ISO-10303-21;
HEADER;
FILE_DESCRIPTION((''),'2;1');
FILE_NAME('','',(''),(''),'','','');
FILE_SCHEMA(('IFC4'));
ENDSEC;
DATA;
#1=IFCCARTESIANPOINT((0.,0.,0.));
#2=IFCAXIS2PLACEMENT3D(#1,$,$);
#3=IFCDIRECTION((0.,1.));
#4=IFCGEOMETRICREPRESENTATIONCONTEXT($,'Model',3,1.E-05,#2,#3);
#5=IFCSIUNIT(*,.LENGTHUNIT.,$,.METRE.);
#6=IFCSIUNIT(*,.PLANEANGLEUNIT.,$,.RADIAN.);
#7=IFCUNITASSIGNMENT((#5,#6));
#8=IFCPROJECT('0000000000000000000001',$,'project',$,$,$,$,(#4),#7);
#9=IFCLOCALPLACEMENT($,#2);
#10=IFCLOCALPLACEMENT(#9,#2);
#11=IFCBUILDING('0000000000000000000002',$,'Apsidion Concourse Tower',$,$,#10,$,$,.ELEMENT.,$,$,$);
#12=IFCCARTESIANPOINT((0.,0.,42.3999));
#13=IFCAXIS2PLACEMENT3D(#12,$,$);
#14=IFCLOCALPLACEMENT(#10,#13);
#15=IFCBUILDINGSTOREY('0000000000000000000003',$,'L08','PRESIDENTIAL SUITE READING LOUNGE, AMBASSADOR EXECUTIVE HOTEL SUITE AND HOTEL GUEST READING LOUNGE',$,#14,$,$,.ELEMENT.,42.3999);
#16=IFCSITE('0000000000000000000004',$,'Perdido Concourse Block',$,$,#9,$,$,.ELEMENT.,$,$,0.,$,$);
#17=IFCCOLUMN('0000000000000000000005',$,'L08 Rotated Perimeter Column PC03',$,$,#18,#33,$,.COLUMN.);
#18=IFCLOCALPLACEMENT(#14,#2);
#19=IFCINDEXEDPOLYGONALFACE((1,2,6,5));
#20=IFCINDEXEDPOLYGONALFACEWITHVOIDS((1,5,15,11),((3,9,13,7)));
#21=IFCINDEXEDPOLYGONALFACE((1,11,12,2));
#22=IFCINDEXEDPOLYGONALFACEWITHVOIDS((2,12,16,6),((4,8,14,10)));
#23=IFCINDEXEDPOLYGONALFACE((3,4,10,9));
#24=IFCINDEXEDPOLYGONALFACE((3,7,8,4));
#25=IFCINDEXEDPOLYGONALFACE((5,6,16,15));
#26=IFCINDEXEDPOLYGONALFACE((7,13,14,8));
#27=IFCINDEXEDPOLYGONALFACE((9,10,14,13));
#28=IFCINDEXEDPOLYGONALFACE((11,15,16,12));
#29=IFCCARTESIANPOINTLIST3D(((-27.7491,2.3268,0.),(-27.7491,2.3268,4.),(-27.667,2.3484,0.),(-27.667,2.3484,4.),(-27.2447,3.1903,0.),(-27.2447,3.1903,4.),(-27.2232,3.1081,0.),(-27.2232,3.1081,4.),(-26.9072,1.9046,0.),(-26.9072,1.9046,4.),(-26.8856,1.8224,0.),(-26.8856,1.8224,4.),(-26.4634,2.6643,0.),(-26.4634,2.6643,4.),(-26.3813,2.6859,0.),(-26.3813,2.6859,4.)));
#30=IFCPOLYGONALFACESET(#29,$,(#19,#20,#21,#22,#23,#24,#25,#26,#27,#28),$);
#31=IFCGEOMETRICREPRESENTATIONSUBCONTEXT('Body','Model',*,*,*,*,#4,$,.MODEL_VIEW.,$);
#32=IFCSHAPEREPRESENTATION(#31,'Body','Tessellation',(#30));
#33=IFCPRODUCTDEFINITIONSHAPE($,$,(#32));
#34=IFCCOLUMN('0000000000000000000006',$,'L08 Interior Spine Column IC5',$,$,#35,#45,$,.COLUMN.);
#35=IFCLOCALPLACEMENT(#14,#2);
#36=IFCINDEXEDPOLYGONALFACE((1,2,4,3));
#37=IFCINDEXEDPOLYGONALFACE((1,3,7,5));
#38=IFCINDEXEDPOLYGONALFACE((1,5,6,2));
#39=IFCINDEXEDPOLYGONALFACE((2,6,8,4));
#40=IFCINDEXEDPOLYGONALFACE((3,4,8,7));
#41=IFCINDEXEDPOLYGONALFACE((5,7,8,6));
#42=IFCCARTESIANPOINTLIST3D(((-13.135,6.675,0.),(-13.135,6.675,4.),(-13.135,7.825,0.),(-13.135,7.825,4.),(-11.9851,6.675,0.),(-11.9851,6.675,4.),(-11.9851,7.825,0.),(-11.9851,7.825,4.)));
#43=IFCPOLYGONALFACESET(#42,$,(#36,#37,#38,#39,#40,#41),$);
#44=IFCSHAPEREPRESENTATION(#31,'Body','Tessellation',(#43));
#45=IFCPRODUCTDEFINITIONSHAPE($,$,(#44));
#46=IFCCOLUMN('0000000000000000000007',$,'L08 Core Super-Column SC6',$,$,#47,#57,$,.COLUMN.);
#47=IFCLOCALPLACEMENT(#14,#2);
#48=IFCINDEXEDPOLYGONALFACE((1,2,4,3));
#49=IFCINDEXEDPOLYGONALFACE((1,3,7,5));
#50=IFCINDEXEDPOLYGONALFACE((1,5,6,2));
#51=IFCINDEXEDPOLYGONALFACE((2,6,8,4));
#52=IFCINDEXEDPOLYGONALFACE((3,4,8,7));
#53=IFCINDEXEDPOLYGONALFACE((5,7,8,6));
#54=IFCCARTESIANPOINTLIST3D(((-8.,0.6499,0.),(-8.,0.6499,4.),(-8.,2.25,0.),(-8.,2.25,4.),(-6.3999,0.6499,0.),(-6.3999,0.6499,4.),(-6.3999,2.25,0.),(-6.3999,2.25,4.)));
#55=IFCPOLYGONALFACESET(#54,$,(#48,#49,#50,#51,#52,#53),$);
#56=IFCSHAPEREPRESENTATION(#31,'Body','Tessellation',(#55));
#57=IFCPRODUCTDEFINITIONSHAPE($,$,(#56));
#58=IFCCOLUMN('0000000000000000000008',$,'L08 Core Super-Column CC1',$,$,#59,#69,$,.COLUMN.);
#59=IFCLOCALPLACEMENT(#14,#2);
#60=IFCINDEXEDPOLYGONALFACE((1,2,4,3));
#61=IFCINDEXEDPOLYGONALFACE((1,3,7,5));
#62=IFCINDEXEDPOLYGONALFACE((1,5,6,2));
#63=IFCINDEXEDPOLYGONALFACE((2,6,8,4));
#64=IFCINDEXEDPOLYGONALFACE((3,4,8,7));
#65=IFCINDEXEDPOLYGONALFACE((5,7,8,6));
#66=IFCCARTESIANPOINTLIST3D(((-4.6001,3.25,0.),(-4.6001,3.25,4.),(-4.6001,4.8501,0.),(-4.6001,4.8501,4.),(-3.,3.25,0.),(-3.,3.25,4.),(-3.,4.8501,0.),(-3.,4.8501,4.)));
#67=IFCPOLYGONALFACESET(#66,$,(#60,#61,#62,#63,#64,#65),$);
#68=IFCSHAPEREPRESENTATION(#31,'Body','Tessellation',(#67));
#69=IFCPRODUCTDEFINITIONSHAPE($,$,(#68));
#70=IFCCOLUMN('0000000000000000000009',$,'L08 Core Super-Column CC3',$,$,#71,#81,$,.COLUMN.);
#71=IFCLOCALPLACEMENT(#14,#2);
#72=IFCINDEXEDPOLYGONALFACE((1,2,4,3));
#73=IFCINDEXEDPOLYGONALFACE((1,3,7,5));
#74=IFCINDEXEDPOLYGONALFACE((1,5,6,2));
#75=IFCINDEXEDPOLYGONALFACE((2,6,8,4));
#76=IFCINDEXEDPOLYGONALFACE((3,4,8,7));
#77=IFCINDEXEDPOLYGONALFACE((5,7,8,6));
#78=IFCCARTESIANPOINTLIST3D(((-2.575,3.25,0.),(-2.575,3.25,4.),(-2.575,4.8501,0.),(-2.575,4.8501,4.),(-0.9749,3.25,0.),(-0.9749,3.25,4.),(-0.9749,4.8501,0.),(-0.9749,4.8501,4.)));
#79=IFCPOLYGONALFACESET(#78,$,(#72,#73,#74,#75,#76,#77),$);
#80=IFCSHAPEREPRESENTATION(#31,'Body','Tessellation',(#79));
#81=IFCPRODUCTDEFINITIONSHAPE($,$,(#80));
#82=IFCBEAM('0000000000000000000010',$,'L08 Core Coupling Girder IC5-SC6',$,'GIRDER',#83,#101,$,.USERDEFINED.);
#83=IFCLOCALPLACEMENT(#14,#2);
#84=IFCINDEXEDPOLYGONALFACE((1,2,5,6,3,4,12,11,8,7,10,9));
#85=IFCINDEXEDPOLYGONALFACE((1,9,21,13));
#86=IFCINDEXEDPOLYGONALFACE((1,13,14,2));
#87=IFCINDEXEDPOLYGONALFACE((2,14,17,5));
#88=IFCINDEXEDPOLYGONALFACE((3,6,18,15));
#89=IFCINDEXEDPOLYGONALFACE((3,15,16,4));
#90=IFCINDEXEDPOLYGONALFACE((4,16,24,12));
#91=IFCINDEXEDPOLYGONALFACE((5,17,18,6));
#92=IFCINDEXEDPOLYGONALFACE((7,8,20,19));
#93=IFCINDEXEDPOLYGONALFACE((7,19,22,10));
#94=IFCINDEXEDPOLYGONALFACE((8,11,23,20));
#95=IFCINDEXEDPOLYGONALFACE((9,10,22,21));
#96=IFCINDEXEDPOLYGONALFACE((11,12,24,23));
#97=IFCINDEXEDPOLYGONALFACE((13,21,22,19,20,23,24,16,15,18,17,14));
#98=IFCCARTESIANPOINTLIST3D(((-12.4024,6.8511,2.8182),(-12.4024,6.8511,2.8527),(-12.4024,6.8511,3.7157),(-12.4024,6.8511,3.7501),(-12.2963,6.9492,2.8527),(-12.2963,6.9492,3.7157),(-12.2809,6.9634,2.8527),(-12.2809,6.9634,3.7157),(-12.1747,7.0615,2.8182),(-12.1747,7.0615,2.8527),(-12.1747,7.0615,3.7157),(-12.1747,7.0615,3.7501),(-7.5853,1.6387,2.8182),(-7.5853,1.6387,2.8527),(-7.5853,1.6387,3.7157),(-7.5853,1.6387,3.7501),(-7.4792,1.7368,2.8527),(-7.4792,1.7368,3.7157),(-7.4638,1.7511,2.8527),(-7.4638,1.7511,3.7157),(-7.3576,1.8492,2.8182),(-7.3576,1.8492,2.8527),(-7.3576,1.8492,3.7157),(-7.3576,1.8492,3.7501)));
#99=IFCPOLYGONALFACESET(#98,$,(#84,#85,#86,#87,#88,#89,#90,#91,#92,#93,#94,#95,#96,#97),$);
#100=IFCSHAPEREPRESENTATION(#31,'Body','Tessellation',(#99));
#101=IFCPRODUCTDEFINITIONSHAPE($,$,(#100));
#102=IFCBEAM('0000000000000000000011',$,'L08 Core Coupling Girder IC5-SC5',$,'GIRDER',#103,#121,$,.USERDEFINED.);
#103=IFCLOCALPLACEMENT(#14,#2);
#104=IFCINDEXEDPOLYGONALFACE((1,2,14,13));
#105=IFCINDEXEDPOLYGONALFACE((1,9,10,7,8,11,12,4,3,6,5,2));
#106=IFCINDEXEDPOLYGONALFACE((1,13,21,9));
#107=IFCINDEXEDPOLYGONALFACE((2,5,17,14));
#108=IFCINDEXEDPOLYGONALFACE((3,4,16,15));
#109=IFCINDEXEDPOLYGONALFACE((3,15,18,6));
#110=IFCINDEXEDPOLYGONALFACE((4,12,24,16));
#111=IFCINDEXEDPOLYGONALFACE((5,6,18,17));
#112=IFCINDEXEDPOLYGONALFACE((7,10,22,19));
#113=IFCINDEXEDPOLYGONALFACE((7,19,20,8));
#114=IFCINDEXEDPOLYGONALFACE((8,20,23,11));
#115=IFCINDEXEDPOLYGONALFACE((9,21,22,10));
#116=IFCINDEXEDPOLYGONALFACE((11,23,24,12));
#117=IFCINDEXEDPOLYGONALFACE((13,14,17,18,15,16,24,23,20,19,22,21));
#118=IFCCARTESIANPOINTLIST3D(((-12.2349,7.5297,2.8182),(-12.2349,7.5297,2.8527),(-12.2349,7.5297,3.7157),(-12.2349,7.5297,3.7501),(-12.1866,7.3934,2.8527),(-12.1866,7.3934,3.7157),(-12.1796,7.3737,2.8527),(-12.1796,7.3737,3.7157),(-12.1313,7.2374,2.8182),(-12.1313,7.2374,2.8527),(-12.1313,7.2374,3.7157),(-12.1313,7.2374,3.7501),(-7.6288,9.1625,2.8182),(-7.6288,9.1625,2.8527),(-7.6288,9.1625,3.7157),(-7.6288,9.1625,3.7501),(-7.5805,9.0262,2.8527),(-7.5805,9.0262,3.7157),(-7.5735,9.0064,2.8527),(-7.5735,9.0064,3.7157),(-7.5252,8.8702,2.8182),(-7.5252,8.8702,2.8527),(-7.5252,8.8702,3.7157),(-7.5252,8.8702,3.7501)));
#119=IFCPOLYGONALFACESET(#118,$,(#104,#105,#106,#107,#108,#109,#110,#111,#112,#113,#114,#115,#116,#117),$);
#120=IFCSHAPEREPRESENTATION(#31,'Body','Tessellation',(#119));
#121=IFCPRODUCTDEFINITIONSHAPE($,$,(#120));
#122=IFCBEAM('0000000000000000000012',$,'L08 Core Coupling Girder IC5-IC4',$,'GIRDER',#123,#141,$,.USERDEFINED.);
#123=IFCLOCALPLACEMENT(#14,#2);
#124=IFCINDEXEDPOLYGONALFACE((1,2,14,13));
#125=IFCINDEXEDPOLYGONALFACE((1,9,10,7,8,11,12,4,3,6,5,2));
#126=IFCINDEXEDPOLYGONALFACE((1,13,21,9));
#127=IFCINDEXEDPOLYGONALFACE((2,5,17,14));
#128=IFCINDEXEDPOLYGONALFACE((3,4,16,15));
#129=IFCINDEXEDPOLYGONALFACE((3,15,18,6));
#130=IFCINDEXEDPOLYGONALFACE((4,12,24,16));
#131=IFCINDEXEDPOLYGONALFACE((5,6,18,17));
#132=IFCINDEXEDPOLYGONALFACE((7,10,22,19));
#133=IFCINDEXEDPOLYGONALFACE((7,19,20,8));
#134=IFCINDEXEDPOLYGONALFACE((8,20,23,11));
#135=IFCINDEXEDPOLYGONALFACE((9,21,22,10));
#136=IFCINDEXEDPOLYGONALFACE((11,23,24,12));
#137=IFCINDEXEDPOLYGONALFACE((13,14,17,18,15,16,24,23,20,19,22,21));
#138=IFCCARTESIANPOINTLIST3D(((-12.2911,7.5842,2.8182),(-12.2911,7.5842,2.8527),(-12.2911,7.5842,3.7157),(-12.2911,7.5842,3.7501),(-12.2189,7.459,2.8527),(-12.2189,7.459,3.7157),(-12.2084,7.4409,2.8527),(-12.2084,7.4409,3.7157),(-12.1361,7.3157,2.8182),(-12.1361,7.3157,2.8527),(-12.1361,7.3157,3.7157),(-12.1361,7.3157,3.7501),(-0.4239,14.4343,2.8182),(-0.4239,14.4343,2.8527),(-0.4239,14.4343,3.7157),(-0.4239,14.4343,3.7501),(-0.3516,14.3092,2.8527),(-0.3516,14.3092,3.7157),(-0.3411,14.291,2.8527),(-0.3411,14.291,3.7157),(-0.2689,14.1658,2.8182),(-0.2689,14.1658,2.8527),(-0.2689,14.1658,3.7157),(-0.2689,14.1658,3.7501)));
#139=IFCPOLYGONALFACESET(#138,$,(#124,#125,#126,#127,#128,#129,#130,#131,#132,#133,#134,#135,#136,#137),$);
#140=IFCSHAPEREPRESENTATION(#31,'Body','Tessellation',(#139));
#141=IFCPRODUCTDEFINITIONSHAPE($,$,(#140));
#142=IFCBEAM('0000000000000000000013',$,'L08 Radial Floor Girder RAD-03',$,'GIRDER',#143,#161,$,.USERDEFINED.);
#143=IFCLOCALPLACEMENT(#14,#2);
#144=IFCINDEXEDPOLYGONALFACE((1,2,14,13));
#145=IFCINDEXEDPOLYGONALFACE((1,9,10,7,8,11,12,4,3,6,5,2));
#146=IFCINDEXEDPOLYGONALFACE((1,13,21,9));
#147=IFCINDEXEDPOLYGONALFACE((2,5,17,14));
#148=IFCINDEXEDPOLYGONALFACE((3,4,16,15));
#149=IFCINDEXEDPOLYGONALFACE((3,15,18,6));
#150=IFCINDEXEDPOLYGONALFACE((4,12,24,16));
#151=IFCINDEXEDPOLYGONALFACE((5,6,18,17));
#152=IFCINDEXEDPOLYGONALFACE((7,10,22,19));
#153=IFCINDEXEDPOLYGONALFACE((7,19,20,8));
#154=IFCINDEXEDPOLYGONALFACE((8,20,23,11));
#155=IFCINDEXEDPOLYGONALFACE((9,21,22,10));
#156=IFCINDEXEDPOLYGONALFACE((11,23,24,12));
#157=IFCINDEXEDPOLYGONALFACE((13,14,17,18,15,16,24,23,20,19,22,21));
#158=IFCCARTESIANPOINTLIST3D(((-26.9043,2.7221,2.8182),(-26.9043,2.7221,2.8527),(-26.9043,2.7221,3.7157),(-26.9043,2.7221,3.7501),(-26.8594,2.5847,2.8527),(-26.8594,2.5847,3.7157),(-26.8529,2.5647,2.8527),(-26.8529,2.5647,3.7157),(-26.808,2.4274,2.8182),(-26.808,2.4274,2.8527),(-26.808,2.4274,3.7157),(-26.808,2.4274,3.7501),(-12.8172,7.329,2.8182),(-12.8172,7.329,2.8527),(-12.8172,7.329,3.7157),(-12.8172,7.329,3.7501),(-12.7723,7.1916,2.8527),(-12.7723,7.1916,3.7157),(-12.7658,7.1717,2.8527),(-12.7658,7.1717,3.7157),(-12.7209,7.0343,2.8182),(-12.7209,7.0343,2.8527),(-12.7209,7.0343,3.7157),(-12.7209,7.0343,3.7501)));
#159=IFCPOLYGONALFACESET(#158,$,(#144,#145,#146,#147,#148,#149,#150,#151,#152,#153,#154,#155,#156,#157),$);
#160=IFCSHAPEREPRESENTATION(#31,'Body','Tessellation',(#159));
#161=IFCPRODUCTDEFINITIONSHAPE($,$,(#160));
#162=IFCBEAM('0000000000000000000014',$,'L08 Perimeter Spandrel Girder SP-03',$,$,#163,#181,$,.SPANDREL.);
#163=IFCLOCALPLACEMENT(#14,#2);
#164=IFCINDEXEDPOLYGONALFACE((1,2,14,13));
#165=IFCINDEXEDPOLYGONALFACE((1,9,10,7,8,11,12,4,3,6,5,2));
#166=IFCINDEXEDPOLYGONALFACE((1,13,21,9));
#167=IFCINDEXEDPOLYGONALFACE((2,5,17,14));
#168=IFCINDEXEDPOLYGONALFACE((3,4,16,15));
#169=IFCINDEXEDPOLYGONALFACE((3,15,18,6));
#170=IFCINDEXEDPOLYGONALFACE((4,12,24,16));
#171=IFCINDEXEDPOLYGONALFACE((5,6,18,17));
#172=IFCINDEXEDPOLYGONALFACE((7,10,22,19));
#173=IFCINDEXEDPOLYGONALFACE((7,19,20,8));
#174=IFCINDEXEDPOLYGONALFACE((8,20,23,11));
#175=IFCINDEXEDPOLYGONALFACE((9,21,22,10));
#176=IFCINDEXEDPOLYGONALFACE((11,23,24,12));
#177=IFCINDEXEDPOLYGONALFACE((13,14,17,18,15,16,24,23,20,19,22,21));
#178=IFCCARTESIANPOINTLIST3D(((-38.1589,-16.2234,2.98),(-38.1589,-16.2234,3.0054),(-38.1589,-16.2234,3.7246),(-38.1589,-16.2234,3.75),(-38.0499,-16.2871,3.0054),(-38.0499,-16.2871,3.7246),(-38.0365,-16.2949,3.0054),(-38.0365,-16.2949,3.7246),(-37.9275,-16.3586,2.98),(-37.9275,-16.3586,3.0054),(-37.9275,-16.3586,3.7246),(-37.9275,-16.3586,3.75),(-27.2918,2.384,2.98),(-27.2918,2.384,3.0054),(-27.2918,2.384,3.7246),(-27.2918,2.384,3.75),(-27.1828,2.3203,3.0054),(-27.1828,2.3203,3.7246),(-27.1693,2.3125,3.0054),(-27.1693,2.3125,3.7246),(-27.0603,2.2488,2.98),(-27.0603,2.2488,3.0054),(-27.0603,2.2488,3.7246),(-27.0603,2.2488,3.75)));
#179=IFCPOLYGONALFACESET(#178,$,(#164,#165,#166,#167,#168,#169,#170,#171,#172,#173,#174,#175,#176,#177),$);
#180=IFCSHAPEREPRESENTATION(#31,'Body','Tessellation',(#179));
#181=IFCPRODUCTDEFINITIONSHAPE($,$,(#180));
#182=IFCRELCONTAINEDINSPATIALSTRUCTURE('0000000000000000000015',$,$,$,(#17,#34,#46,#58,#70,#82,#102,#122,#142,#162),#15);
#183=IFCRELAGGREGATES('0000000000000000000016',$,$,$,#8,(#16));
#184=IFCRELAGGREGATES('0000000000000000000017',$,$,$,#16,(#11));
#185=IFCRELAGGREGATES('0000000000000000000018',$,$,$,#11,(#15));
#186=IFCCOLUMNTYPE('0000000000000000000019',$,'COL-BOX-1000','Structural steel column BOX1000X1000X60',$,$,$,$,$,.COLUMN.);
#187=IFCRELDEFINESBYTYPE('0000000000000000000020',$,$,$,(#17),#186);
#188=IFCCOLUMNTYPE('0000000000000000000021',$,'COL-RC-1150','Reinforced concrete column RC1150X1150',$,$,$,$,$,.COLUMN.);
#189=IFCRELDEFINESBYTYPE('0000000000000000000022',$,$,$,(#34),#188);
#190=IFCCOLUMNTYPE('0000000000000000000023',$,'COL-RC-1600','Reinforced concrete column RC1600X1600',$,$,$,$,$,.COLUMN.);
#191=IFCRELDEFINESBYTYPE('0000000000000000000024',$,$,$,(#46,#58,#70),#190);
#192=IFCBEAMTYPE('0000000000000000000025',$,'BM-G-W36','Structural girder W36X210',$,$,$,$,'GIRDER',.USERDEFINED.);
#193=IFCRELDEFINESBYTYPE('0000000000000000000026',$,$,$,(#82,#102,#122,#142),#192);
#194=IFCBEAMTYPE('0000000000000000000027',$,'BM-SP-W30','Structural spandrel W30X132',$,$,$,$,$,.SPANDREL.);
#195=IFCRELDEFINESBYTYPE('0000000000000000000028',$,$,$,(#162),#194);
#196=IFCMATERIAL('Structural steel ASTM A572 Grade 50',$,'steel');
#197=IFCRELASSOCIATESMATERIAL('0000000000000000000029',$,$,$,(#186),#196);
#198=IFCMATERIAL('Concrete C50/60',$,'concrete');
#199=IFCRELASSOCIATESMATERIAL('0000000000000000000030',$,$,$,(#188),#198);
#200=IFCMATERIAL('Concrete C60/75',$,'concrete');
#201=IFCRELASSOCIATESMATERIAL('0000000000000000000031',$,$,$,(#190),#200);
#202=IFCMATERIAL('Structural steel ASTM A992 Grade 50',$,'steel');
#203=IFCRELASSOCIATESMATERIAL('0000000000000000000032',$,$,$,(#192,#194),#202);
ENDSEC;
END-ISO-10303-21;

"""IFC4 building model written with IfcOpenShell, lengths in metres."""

from ifc_helpers import new_model, si_unit, direction, frame, origin, origin_2d, place, context, subcontext, project, spatial, rectangle, hollow_rectangle, i_section, extrude, material, material_profile, profile_set, type_object, element, save


model = new_model("IFC4")

# Units and contexts
model_context = context("Model", 3, precision=1e-05, world=origin(), true_north=direction((0.0, 1.0)))
body_context = subcontext(model_context, "Body", "Model", "MODEL_VIEW")
ifc_project = project(units=[si_unit("LENGTHUNIT", "METRE"), si_unit("PLANEANGLEUNIT", "RADIAN")], contexts=[model_context])

# Site, building, storey
site_placement = place(None, origin())
site = spatial("IfcSite", under=ifc_project, at=site_placement, Name="Perdido Concourse Block", CompositionType="ELEMENT", RefElevation=0.0)
building_placement = place(site_placement, origin())
building = spatial("IfcBuilding", under=site, at=building_placement, Name="Apsidion Concourse Tower", CompositionType="ELEMENT")
storey_placement = place(building_placement, frame((0.0, 0.0, 42.3999)))
storey = spatial("IfcBuildingStorey", under=building, at=storey_placement, Name="L08", Description="PRESIDENTIAL SUITE READING LOUNGE, AMBASSADOR EXECUTIVE HOTEL SUITE AND HOTEL GUEST READING LOUNGE", CompositionType="ELEMENT", Elevation=42.3999)

# Columns
ifc_material_1 = material(Name="Structural steel ASTM A572 Grade 50", Category="steel")
ifc_material_profile_1 = material_profile(ifc_material_1, hollow_rectangle(XDim=1.0, YDim=1.0, WallThickness=0.0601, at=origin_2d()), Name="BOX1000X1000X60")
ifc_profile_set_1 = profile_set([ifc_material_profile_1], Name="Structural steel ASTM A572 Grade 50")
column_type_1 = type_object("IfcColumnType", Name="COL-BOX-1000", Description="Structural steel column BOX1000X1000X60", PredefinedType="COLUMN", material=ifc_profile_set_1)
column_1_placement = place(storey_placement, frame((-27.0652, 2.5063, 0.0), z_axis=(0.0, 0.0, 1.0), x_axis=(0.504377, 0.863484, 0.0)))
element("IfcColumn", 1, at=column_1_placement, inside=storey, type_object=column_type_1, Name="L08 Rotated Perimeter Column PC03", PredefinedType="COLUMN", context=body_context, shape_type="SweptSolid", body=[
    extrude(hollow_rectangle(XDim=1.0, YDim=1.0, WallThickness=0.0601, at=origin_2d()), origin(), (0.0, 0.0, 1.0), 4.0),
])
ifc_material_2 = material(Name="Concrete C50/60", Category="concrete")
ifc_material_profile_2 = material_profile(ifc_material_2, rectangle(XDim=1.1499, YDim=1.1499, at=origin_2d()), Name="RC 1150x1150")
ifc_profile_set_2 = profile_set([ifc_material_profile_2], Name="Concrete C50/60")
column_type_2 = type_object("IfcColumnType", Name="COL-RC-1150", Description="Reinforced concrete column RC1150X1150", PredefinedType="COLUMN", material=ifc_profile_set_2)
column_2_placement = place(storey_placement, frame((-12.5601, 7.25, 0.0), z_axis=(0.0, 0.0, 1.0), x_axis=(1.0, 0.0, 0.0)))
element("IfcColumn", 2, at=column_2_placement, inside=storey, type_object=column_type_2, Name="L08 Interior Spine Column IC5", PredefinedType="COLUMN", context=body_context, shape_type="SweptSolid", body=[
    extrude(rectangle(XDim=1.1499, YDim=1.1499, at=origin_2d()), origin(), (0.0, 0.0, 1.0), 4.0),
])
ifc_material_3 = material(Name="Concrete C60/75", Category="concrete")
ifc_material_profile_3 = material_profile(ifc_material_3, rectangle(XDim=1.6001, YDim=1.6001, at=origin_2d()), Name="RC 1600x1600")
ifc_profile_set_3 = profile_set([ifc_material_profile_3], Name="Concrete C60/75")
column_type_3 = type_object("IfcColumnType", Name="COL-RC-1600", Description="Reinforced concrete column RC1600X1600", PredefinedType="COLUMN", material=ifc_profile_set_3)
for number, where, z_axis, x_axis, name in (
    (3, (-7.2, 1.45, 0.0), (0.0, 0.0, 1.0), (1.0, 0.0, 0.0), "L08 Core Super-Column SC6"),
    (4, (-3.8, 4.05, 0.0), (0.0, 0.0, 1.0), (1.0, 0.0, 0.0), "L08 Core Super-Column CC1"),
    (5, (-1.7749, 4.05, 0.0), (0.0, 0.0, 1.0), (1.0, 0.0, 0.0), "L08 Core Super-Column CC3"),
):
    element("IfcColumn", number, at=place(storey_placement, frame(where, z_axis=z_axis, x_axis=x_axis)), inside=storey, type_object=column_type_3, Name=name, PredefinedType="COLUMN", context=body_context, shape_type="SweptSolid", body=[
        extrude(rectangle(XDim=1.6001, YDim=1.6001, at=origin_2d()), origin(), (0.0, 0.0, 1.0), 4.0),
    ])

# Beams
ifc_material_4 = material(Name="Structural steel ASTM A992 Grade 50", Category="steel")
ifc_material_profile_4 = material_profile(ifc_material_4, i_section(OverallWidth=0.3101, OverallDepth=0.9319, WebThickness=0.021, FlangeThickness=0.0344, at=origin_2d()), Name="W36X210")
ifc_profile_set_4 = profile_set([ifc_material_profile_4], Name="Structural steel ASTM A992 Grade 50")
beam_type_1 = type_object("IfcBeamType", Name="BM-G-W36", Description="Structural girder W36X210", ElementType="GIRDER", PredefinedType="USERDEFINED", material=ifc_profile_set_4)
beam_1_placement = place(storey_placement, frame((-12.2886, 6.9563, 3.2842), z_axis=(0.678713, -0.734404, 0.0), x_axis=(0.734404, 0.678713, 0.0)))
element("IfcBeam", 6, at=beam_1_placement, inside=storey, type_object=beam_type_1, Name="L08 Core Coupling Girder IC5-SC6", ObjectType="GIRDER", PredefinedType="USERDEFINED", context=body_context, shape_type="SweptSolid", body=[
    extrude(i_section(OverallWidth=0.3101, OverallDepth=0.9319, WebThickness=0.021, FlangeThickness=0.0344, at=origin_2d()), origin(), (0.0, 0.0, 1.0), 7.0974),
])
beam_2_placement = place(storey_placement, frame((-12.1831, 7.3835, 3.2842), z_axis=(0.942534, 0.334111, 0.0), x_axis=(-0.334111, 0.942534, 0.0)))
element("IfcBeam", 7, at=beam_2_placement, inside=storey, type_object=beam_type_1, Name="L08 Core Coupling Girder IC5-SC5", ObjectType="GIRDER", PredefinedType="USERDEFINED", context=body_context, shape_type="SweptSolid", body=[
    extrude(i_section(OverallWidth=0.3101, OverallDepth=0.9319, WebThickness=0.021, FlangeThickness=0.0344, at=origin_2d()), origin(), (0.0, 0.0, 1.0), 4.887),
])
beam_3_placement = place(storey_placement, frame((-12.2136, 7.45, 3.2842), z_axis=(0.86607, 0.499922, 0.0), x_axis=(-0.499922, 0.86607, 0.0)))
element("IfcBeam", 8, at=beam_3_placement, inside=storey, type_object=beam_type_1, Name="L08 Core Coupling Girder IC5-IC4", ObjectType="GIRDER", PredefinedType="USERDEFINED", context=body_context, shape_type="SweptSolid", body=[
    extrude(i_section(OverallWidth=0.3101, OverallDepth=0.9319, WebThickness=0.021, FlangeThickness=0.0344, at=origin_2d()), origin(), (0.0, 0.0, 1.0), 13.7024),
])
beam_4_placement = place(storey_placement, frame((-12.769, 7.1816, 3.2842), z_axis=(-0.950465, -0.310831, 0.0), x_axis=(0.310831, -0.950465, 0.0)))
element("IfcBeam", 9, at=beam_4_placement, inside=storey, type_object=beam_type_1, Name="L08 Radial Floor Girder RAD-03", ObjectType="GIRDER", PredefinedType="USERDEFINED", context=body_context, shape_type="SweptSolid", body=[
    extrude(i_section(OverallWidth=0.3101, OverallDepth=0.9319, WebThickness=0.021, FlangeThickness=0.0344, at=origin_2d()), origin(), (0.0, 0.0, 1.0), 14.8213),
])
ifc_material_profile_5 = material_profile(ifc_material_4, i_section(OverallWidth=0.2681, OverallDepth=0.77, WebThickness=0.0156, FlangeThickness=0.0254, at=origin_2d()), Name="W30X132")
ifc_profile_set_5 = profile_set([ifc_material_profile_5], Name="Structural steel ASTM A992 Grade 50")
beam_type_2 = type_object("IfcBeamType", Name="BM-SP-W30", Description="Structural spandrel W30X132", PredefinedType="SPANDREL", material=ifc_profile_set_5)
beam_5_placement = place(storey_placement, frame((-27.176, 2.3164, 3.365), z_axis=(-0.504316, -0.863519, 0.0), x_axis=(0.863519, -0.504316, 0.0)))
element("IfcBeam", 10, at=beam_5_placement, inside=storey, type_object=beam_type_2, Name="L08 Perimeter Spandrel Girder SP-03", PredefinedType="SPANDREL", context=body_context, shape_type="SweptSolid", body=[
    extrude(i_section(OverallWidth=0.2681, OverallDepth=0.77, WebThickness=0.0156, FlangeThickness=0.0254, at=origin_2d()), origin(), (0.0, 0.0, 1.0), 21.5483),
])

save(model, "model.ifc")
